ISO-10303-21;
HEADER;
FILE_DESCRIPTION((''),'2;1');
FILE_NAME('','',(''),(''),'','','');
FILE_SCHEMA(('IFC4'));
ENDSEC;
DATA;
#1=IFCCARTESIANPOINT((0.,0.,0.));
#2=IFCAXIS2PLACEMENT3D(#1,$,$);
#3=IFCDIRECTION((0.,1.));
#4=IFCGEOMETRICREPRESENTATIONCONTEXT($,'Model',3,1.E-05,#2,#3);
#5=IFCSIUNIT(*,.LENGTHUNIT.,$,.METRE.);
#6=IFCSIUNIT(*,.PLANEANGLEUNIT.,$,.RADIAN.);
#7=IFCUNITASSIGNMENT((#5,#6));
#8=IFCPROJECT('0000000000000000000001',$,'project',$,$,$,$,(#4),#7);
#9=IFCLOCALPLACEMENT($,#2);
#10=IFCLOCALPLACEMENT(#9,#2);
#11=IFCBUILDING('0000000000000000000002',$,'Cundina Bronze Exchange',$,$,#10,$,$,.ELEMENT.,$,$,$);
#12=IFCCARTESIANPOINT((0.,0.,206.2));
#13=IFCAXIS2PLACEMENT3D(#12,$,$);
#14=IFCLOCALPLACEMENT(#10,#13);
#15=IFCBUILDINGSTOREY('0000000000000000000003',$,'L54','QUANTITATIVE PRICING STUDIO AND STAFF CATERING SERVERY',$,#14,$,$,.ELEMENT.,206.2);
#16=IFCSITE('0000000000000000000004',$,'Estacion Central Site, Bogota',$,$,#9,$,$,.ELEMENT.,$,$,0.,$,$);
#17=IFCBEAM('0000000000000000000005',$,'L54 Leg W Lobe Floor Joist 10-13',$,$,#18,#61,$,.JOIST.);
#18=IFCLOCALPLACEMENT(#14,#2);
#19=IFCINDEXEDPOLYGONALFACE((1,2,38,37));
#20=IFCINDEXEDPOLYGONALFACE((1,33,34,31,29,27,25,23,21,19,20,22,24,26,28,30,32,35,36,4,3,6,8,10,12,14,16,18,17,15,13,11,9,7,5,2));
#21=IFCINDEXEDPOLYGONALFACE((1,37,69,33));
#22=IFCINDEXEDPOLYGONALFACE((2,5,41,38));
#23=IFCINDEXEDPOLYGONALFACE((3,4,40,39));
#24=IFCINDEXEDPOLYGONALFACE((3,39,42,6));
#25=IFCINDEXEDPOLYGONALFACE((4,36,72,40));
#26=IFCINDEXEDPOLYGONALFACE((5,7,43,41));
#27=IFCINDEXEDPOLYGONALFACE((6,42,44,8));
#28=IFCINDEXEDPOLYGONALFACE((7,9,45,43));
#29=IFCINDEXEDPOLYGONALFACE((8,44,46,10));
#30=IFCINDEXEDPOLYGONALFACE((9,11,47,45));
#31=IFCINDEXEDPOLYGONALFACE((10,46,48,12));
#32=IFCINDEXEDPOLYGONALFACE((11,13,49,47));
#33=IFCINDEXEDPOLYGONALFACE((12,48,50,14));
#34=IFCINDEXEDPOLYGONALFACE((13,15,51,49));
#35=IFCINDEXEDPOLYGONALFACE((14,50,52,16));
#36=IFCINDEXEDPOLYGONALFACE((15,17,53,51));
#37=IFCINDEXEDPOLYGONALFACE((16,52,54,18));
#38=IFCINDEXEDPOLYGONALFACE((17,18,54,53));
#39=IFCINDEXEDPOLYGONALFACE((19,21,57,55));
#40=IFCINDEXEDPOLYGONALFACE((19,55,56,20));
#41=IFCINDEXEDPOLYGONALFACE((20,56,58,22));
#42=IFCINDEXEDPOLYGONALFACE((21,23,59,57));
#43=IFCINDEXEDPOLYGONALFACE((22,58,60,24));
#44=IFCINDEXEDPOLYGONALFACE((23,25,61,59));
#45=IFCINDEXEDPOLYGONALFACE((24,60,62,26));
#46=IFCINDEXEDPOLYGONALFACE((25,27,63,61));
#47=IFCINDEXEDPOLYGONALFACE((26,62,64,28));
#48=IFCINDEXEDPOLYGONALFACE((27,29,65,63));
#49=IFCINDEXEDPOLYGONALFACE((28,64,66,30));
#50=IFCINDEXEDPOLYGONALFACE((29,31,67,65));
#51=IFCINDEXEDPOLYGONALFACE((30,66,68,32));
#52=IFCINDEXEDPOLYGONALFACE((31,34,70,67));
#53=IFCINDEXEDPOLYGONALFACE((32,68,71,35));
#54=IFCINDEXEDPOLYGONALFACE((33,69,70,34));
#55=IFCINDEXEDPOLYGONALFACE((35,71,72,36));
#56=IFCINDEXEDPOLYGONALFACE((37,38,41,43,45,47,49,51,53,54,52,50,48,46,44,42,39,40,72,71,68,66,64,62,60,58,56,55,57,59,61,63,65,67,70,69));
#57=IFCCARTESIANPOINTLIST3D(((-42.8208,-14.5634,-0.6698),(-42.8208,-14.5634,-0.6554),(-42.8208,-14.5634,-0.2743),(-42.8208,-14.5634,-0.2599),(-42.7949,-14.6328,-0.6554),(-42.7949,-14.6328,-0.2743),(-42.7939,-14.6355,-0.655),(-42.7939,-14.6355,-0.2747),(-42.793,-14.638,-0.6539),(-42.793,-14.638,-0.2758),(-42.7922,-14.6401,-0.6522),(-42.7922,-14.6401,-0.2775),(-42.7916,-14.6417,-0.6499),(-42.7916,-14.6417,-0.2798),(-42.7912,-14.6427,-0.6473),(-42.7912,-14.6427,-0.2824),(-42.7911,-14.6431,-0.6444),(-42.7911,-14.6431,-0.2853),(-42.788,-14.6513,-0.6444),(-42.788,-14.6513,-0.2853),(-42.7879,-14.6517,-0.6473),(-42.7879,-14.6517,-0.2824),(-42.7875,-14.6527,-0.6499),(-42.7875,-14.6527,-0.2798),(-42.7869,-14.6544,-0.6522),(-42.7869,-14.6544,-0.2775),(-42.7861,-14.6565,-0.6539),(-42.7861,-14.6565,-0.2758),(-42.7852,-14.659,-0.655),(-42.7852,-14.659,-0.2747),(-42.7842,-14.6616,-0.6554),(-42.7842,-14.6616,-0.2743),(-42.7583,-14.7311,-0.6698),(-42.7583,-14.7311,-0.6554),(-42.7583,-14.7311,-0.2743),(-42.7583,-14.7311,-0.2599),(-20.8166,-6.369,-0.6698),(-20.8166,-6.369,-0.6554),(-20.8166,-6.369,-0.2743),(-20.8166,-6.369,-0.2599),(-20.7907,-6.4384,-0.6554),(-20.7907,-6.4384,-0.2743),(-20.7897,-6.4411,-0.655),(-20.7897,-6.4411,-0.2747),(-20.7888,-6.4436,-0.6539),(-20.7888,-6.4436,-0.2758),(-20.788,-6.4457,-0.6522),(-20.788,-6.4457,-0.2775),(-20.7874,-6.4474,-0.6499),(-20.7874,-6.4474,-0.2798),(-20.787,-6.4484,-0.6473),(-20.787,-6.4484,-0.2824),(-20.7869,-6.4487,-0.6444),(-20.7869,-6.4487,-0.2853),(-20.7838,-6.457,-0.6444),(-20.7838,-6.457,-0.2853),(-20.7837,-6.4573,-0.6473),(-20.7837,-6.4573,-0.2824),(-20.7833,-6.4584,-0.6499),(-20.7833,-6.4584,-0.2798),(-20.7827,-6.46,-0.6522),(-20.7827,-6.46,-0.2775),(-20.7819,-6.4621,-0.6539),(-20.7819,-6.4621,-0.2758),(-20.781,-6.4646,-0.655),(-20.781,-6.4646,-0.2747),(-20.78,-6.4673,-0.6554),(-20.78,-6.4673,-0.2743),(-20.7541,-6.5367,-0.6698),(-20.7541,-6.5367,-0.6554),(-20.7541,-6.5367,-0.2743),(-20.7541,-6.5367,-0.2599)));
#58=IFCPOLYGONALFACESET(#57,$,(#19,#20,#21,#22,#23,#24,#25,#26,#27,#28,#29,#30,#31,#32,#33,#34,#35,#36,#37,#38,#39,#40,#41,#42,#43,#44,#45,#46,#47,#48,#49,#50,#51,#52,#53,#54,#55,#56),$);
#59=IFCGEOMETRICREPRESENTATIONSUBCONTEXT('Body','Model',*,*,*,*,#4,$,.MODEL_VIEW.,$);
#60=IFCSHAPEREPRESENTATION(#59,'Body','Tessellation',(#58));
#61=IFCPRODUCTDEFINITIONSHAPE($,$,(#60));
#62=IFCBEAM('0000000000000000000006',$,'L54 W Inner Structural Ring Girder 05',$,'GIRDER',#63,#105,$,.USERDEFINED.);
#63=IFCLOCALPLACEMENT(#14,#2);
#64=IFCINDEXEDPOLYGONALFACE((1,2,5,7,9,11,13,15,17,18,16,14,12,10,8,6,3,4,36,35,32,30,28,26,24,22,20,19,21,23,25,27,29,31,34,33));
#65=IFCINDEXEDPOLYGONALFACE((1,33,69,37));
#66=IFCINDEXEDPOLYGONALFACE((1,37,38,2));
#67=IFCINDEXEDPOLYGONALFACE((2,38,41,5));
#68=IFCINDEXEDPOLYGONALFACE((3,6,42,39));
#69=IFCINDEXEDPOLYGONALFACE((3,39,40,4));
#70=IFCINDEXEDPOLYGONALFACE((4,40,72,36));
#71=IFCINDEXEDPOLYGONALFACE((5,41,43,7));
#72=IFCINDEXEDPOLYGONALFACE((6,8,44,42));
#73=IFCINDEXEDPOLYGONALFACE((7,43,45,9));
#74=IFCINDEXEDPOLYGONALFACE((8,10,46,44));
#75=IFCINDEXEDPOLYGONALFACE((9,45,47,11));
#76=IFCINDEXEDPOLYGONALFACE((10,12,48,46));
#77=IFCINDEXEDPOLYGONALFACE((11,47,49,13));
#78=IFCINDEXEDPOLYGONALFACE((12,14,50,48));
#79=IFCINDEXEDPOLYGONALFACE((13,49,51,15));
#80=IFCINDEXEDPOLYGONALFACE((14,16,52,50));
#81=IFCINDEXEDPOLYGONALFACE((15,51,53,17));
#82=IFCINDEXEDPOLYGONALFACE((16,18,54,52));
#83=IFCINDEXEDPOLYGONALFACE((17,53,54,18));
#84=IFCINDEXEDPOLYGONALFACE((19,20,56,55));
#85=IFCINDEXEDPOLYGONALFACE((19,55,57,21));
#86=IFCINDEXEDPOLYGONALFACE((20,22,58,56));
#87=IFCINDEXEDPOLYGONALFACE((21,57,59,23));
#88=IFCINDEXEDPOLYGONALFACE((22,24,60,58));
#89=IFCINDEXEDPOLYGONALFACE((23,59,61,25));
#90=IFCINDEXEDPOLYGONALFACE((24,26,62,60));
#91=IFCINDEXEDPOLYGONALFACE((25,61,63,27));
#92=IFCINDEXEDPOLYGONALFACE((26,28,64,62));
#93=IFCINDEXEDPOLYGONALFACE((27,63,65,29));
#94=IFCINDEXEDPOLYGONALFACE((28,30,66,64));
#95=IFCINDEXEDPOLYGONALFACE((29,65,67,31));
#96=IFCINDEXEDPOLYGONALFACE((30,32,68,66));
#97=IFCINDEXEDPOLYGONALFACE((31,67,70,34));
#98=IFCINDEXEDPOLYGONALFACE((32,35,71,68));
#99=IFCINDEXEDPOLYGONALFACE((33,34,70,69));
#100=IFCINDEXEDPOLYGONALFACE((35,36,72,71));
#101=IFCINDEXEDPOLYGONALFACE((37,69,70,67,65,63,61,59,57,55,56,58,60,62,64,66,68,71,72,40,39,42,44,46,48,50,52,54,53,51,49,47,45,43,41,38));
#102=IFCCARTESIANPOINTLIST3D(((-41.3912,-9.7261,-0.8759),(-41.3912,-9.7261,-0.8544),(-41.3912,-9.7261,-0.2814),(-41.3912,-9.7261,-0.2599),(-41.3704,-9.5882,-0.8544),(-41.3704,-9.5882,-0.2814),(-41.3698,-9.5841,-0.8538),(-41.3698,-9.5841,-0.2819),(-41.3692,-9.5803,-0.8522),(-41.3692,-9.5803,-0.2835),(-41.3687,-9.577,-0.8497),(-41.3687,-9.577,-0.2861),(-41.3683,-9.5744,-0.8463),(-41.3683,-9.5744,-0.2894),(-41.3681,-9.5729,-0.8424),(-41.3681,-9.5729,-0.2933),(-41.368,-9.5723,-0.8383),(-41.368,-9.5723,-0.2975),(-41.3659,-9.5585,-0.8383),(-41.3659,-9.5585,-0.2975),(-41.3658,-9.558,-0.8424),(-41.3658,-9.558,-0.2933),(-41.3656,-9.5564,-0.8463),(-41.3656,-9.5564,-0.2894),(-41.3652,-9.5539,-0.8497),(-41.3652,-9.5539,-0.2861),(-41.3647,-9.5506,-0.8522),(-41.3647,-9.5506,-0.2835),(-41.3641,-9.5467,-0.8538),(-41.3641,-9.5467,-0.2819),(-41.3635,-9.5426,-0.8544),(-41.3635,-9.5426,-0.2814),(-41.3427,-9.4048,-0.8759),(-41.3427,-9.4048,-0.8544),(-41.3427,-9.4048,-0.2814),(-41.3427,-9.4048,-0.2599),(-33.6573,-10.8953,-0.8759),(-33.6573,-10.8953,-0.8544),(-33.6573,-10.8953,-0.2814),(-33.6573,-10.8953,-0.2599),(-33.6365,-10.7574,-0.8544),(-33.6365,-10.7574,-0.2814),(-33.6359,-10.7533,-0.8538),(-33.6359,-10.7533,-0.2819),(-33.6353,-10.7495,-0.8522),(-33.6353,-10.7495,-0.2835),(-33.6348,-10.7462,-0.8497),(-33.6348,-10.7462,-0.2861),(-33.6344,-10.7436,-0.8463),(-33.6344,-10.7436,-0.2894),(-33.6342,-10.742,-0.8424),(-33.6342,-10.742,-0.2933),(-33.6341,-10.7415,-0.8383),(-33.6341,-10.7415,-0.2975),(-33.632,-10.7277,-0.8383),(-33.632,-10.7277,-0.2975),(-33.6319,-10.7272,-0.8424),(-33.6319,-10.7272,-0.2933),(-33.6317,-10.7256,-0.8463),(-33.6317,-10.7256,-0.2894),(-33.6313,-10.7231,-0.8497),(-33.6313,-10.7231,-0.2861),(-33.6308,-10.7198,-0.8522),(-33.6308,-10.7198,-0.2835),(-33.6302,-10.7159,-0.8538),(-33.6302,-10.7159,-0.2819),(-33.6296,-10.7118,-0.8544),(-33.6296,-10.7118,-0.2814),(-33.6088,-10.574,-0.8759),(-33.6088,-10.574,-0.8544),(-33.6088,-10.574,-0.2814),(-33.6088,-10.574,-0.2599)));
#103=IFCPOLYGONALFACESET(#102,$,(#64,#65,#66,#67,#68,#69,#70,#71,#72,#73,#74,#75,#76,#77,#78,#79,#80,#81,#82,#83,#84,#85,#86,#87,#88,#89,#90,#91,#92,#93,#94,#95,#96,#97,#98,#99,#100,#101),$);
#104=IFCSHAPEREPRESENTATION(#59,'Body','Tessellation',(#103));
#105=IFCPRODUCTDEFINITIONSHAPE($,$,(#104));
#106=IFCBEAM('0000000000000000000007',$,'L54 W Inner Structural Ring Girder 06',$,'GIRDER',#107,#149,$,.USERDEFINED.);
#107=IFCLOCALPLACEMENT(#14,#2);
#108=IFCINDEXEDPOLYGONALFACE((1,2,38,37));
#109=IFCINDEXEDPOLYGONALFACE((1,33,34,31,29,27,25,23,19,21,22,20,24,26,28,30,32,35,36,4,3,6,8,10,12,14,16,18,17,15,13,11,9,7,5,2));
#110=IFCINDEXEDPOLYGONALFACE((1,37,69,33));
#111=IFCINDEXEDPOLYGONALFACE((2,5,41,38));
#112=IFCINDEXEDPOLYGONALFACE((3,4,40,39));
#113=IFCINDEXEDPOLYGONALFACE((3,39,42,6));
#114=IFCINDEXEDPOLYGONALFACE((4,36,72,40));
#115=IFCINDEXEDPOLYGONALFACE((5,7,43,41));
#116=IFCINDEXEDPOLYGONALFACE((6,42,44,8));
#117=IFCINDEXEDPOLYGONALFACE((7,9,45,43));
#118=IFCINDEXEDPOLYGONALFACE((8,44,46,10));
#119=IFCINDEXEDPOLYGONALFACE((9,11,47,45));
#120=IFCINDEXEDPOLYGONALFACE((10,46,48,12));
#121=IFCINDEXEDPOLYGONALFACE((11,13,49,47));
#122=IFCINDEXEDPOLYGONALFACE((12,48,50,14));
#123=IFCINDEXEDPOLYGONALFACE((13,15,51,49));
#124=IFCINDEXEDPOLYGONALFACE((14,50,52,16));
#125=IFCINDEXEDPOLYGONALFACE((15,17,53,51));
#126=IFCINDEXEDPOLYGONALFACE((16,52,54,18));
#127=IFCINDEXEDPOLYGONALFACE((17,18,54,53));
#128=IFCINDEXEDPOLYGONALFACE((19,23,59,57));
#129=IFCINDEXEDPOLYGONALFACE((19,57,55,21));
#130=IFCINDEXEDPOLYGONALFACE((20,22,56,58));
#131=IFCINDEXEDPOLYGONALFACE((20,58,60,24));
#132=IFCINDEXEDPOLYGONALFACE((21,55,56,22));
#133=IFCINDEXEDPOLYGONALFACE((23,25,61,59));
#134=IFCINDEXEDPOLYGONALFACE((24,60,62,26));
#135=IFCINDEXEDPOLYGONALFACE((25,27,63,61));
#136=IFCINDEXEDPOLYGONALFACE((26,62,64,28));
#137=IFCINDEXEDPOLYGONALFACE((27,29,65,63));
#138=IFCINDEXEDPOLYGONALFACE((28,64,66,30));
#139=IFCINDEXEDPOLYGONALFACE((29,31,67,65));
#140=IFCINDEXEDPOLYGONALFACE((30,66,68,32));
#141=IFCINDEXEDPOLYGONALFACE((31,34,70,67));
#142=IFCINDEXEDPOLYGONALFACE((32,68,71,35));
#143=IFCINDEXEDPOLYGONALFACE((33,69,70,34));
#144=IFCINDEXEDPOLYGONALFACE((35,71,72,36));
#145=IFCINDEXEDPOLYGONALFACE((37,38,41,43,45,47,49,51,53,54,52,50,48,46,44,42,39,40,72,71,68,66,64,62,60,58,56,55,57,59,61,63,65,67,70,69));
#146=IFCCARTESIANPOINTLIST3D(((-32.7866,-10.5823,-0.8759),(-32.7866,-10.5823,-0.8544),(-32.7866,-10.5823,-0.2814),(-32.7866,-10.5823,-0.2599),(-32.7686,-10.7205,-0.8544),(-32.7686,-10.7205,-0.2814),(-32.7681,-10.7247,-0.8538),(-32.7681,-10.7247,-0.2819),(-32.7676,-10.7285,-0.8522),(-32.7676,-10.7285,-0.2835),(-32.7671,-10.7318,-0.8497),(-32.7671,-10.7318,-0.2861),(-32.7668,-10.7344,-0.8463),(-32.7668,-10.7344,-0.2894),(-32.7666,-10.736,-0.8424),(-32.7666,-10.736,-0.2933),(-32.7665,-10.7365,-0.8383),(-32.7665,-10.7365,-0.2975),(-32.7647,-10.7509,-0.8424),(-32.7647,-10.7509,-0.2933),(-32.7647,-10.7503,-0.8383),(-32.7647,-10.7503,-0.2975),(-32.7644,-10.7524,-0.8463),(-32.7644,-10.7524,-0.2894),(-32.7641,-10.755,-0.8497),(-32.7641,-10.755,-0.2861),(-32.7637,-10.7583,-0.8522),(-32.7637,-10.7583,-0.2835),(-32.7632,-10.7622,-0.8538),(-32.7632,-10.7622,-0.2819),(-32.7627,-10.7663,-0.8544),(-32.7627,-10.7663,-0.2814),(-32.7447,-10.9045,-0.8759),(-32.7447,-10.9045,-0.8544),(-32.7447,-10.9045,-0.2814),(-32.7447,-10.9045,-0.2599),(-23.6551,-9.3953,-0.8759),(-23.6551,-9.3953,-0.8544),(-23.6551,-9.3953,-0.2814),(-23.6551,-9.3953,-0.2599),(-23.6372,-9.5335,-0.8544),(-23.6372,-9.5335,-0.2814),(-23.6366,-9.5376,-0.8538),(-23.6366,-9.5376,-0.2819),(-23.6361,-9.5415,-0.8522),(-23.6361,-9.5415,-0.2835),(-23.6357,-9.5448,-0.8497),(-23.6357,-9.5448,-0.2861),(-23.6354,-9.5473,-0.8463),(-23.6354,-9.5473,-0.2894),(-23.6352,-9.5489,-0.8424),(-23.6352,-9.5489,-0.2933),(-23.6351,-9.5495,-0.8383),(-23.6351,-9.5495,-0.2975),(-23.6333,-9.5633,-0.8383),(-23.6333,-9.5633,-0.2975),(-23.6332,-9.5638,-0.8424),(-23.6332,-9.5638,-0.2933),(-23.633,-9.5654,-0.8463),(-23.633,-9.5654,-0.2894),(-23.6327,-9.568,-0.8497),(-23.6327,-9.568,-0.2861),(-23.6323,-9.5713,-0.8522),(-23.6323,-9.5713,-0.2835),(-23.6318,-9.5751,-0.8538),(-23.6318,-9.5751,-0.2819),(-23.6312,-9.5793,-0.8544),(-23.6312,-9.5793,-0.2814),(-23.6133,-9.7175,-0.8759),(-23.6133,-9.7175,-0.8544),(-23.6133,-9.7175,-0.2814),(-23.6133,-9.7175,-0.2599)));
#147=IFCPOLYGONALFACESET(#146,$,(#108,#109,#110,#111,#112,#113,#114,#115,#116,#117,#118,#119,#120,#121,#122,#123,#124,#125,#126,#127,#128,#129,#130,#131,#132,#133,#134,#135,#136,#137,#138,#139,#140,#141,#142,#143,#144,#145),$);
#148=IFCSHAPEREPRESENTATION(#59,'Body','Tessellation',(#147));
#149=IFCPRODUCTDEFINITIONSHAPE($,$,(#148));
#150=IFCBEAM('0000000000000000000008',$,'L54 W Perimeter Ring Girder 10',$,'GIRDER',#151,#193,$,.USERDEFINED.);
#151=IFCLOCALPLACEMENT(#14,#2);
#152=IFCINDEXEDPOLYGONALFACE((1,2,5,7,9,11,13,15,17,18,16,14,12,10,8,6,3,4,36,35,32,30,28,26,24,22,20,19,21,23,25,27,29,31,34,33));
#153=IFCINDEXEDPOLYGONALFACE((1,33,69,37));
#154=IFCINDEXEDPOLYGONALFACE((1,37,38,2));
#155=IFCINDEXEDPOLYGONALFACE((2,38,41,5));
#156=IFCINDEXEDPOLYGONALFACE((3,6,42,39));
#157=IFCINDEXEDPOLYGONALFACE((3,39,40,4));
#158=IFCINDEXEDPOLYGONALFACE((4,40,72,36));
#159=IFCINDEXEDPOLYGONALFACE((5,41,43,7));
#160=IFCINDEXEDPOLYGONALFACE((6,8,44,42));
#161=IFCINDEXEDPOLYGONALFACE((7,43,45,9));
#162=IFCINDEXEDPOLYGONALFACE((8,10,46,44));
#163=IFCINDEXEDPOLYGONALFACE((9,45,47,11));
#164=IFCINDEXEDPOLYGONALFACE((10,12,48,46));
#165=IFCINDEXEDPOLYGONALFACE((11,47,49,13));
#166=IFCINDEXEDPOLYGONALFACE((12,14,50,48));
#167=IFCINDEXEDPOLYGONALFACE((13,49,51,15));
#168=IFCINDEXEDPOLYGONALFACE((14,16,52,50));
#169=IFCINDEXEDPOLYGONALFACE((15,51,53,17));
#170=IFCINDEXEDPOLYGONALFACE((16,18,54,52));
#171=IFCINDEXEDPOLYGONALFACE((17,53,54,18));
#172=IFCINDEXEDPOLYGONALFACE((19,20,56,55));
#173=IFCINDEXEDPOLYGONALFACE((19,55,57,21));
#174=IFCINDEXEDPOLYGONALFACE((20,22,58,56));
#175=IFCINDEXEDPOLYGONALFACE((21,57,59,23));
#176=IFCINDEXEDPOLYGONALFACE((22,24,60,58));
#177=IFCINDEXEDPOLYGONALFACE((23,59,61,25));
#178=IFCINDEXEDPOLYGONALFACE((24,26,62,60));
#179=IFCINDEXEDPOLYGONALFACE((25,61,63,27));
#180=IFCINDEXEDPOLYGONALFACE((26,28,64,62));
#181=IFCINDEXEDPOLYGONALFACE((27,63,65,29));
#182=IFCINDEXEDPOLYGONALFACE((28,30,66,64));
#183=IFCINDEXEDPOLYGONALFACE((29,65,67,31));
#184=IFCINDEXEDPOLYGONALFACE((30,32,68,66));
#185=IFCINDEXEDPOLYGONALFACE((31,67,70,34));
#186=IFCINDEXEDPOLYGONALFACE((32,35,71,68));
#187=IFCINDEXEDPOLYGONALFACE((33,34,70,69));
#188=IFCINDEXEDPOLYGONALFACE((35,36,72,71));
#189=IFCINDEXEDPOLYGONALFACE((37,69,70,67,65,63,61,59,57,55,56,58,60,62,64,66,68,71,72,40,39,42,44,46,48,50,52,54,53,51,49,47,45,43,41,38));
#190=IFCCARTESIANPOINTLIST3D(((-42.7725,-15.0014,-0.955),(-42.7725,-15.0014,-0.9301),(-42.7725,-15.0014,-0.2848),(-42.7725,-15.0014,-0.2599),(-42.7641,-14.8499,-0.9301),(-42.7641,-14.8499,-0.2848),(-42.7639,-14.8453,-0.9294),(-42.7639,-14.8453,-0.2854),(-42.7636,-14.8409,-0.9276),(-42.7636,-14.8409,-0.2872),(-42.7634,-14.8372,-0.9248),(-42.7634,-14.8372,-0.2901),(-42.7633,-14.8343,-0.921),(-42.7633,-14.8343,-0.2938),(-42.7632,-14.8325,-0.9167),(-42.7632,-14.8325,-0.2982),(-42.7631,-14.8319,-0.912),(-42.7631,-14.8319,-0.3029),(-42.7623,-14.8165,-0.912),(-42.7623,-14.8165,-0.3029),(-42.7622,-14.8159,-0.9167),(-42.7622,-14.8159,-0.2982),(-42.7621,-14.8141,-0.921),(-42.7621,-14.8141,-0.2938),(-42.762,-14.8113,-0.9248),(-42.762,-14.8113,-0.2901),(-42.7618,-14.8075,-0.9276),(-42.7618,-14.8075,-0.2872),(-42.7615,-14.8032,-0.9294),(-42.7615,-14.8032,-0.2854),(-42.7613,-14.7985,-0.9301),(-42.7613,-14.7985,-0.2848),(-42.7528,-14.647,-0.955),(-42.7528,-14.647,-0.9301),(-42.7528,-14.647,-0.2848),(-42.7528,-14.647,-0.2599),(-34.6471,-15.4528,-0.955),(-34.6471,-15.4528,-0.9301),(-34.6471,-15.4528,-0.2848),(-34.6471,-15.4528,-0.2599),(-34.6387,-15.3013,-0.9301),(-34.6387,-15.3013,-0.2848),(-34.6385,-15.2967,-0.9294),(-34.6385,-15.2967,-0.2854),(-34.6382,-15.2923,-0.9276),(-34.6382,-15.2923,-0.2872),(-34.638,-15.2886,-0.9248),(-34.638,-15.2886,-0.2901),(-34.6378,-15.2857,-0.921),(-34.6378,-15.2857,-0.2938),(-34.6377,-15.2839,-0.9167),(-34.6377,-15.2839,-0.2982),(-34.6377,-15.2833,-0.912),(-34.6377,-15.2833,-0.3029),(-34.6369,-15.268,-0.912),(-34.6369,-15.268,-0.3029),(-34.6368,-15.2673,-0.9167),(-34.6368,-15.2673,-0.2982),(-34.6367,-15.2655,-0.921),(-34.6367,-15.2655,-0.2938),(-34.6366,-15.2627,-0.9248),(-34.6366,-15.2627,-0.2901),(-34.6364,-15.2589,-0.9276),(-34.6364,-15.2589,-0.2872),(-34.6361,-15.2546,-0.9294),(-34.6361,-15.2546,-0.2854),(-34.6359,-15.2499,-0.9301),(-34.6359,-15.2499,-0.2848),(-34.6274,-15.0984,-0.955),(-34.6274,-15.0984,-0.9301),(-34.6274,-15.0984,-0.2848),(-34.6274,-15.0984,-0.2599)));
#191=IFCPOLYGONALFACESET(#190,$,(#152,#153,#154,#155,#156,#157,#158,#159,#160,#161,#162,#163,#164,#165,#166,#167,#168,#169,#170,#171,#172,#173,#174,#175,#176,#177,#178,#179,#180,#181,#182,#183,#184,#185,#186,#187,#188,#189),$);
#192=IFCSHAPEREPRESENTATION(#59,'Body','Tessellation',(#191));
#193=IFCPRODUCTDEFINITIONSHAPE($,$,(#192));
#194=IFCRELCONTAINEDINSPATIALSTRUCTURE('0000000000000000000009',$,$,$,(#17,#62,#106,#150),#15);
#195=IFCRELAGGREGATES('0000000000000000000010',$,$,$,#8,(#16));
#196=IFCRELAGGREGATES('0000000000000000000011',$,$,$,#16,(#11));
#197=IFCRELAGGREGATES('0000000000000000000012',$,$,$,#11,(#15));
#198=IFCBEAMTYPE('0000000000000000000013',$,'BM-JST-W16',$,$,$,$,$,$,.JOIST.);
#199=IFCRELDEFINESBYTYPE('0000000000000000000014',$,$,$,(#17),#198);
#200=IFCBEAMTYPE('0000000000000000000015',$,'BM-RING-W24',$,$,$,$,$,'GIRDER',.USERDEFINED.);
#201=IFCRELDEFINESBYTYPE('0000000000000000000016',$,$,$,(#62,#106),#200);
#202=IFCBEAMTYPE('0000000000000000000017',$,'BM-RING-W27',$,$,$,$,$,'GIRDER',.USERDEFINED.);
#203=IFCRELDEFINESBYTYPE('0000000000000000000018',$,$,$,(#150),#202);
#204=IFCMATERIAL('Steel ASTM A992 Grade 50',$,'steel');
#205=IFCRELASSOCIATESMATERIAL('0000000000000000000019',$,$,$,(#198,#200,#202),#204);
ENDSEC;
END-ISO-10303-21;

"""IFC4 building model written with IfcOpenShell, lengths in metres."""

from ifc_helpers import new_model, si_unit, direction, frame, origin, origin_2d, place, context, subcontext, project, spatial, i_section, extrude, material, material_profile, profile_set, type_object, element, save


model = new_model("IFC4")

# Units and contexts
model_context = context("Model", 3, precision=1e-05, world=origin(), true_north=direction((0.0, 1.0)))
body_context = subcontext(model_context, "Body", "Model", "MODEL_VIEW")
ifc_project = project(units=[si_unit("LENGTHUNIT", "METRE"), si_unit("PLANEANGLEUNIT", "RADIAN")], contexts=[model_context])

# Site, building, storey
site_placement = place(None, origin())
site = spatial("IfcSite", under=ifc_project, at=site_placement, Name="Estacion Central Site, Bogota", CompositionType="ELEMENT", RefElevation=0.0)
building_placement = place(site_placement, origin())
building = spatial("IfcBuilding", under=site, at=building_placement, Name="Cundina Bronze Exchange", CompositionType="ELEMENT")
storey_placement = place(building_placement, frame((0.0, 0.0, 206.2)))
storey = spatial("IfcBuildingStorey", under=building, at=storey_placement, Name="L54", Description="QUANTITATIVE PRICING STUDIO AND STAFF CATERING SERVERY", CompositionType="ELEMENT", Elevation=206.2)

# Beams
ifc_material_1 = material(Name="Steel ASTM A992 Grade 50", Category="steel")
ifc_material_profile_1 = material_profile(ifc_material_1, i_section(OverallWidth=0.179, OverallDepth=0.4099, WebThickness=0.0088, FlangeThickness=0.0144, FilletRadius=0.011, at=origin_2d()), Name="W16X45", Category="steel")
ifc_profile_set_1 = profile_set([ifc_material_profile_1], Name="Steel ASTM A992 Grade 50")
beam_type_1 = type_object("IfcBeamType", Name="BM-JST-W16", PredefinedType="JOIST", material=ifc_profile_set_1)
beam_1_placement = place(storey_placement, frame((-42.7896, -14.6472, -0.4648), z_axis=(0.937128, 0.348986, 0.0), x_axis=(-0.348986, 0.937128, 0.0)))
element("IfcBeam", 1, at=beam_1_placement, inside=storey, type_object=beam_type_1, Name="L54 Leg W Lobe Floor Joist 10-13", PredefinedType="JOIST", context=body_context, shape_type="SweptSolid", body=[
    extrude(i_section(OverallWidth=0.179, OverallDepth=0.4099, WebThickness=0.0088, FlangeThickness=0.0144, FilletRadius=0.011, at=origin_2d()), origin(), (0.0, 0.0, 1.0), 23.4805),
])
ifc_material_profile_2 = material_profile(ifc_material_1, i_section(OverallWidth=0.325, OverallDepth=0.616, WebThickness=0.0139, FlangeThickness=0.0215, FilletRadius=0.0161, at=origin_2d()), Name="W24X117", Category="steel")
ifc_profile_set_2 = profile_set([ifc_material_profile_2], Name="Steel ASTM A992 Grade 50")
beam_type_2 = type_object("IfcBeamType", Name="BM-RING-W24", ElementType="GIRDER", PredefinedType="USERDEFINED", material=ifc_profile_set_2)
beam_2_placement = place(storey_placement, frame((-41.3669, -9.5654, -0.5679), z_axis=(0.988765, -0.149479, 0.0), x_axis=(0.149479, 0.988765, 0.0)))
element("IfcBeam", 2, at=beam_2_placement, inside=storey, type_object=beam_type_2, Name="L54 W Inner Structural Ring Girder 05", ObjectType="GIRDER", PredefinedType="USERDEFINED", context=body_context, shape_type="SweptSolid", body=[
    extrude(i_section(OverallWidth=0.325, OverallDepth=0.616, WebThickness=0.0139, FlangeThickness=0.0215, FilletRadius=0.0161, at=origin_2d()), origin(), (0.0, 0.0, 1.0), 7.8218),
])
beam_3_placement = place(storey_placement, frame((-32.7656, -10.7434, -0.5679), z_axis=(0.991656, 0.128908, 0.0), x_axis=(-0.128908, 0.991656, 0.0)))
element("IfcBeam", 3, at=beam_3_placement, inside=storey, type_object=beam_type_2, Name="L54 W Inner Structural Ring Girder 06", ObjectType="GIRDER", PredefinedType="USERDEFINED", context=body_context, shape_type="SweptSolid", body=[
    extrude(i_section(OverallWidth=0.325, OverallDepth=0.616, WebThickness=0.0139, FlangeThickness=0.0215, FilletRadius=0.0161, at=origin_2d()), origin(), (0.0, 0.0, 1.0), 9.2083),
])
ifc_material_profile_3 = material_profile(ifc_material_1, i_section(OverallWidth=0.355, OverallDepth=0.6951, WebThickness=0.0154, FlangeThickness=0.0249, FilletRadius=0.0181, at=origin_2d()), Name="W27X146", Category="steel")
ifc_profile_set_3 = profile_set([ifc_material_profile_3], Name="Steel ASTM A992 Grade 50")
beam_type_3 = type_object("IfcBeamType", Name="BM-RING-W27", ElementType="GIRDER", PredefinedType="USERDEFINED", material=ifc_profile_set_3)
for number, where, z_axis, x_axis, name in (
    (4, (-42.7627, -14.8242, -0.6074), (0.99846, -0.05547, 0.0), (0.05547, 0.99846, 0.0), "L54 W Perimeter Ring Girder 10"),
):
    element("IfcBeam", number, at=place(storey_placement, frame(where, z_axis=z_axis, x_axis=x_axis)), inside=storey, type_object=beam_type_3, Name=name, ObjectType="GIRDER", PredefinedType="USERDEFINED", context=body_context, shape_type="SweptSolid", body=[
        extrude(i_section(OverallWidth=0.355, OverallDepth=0.6951, WebThickness=0.0154, FlangeThickness=0.0249, FilletRadius=0.0181, at=origin_2d()), origin(), (0.0, 0.0, 1.0), 8.1379),
    ])

save(model, "model.ifc")
